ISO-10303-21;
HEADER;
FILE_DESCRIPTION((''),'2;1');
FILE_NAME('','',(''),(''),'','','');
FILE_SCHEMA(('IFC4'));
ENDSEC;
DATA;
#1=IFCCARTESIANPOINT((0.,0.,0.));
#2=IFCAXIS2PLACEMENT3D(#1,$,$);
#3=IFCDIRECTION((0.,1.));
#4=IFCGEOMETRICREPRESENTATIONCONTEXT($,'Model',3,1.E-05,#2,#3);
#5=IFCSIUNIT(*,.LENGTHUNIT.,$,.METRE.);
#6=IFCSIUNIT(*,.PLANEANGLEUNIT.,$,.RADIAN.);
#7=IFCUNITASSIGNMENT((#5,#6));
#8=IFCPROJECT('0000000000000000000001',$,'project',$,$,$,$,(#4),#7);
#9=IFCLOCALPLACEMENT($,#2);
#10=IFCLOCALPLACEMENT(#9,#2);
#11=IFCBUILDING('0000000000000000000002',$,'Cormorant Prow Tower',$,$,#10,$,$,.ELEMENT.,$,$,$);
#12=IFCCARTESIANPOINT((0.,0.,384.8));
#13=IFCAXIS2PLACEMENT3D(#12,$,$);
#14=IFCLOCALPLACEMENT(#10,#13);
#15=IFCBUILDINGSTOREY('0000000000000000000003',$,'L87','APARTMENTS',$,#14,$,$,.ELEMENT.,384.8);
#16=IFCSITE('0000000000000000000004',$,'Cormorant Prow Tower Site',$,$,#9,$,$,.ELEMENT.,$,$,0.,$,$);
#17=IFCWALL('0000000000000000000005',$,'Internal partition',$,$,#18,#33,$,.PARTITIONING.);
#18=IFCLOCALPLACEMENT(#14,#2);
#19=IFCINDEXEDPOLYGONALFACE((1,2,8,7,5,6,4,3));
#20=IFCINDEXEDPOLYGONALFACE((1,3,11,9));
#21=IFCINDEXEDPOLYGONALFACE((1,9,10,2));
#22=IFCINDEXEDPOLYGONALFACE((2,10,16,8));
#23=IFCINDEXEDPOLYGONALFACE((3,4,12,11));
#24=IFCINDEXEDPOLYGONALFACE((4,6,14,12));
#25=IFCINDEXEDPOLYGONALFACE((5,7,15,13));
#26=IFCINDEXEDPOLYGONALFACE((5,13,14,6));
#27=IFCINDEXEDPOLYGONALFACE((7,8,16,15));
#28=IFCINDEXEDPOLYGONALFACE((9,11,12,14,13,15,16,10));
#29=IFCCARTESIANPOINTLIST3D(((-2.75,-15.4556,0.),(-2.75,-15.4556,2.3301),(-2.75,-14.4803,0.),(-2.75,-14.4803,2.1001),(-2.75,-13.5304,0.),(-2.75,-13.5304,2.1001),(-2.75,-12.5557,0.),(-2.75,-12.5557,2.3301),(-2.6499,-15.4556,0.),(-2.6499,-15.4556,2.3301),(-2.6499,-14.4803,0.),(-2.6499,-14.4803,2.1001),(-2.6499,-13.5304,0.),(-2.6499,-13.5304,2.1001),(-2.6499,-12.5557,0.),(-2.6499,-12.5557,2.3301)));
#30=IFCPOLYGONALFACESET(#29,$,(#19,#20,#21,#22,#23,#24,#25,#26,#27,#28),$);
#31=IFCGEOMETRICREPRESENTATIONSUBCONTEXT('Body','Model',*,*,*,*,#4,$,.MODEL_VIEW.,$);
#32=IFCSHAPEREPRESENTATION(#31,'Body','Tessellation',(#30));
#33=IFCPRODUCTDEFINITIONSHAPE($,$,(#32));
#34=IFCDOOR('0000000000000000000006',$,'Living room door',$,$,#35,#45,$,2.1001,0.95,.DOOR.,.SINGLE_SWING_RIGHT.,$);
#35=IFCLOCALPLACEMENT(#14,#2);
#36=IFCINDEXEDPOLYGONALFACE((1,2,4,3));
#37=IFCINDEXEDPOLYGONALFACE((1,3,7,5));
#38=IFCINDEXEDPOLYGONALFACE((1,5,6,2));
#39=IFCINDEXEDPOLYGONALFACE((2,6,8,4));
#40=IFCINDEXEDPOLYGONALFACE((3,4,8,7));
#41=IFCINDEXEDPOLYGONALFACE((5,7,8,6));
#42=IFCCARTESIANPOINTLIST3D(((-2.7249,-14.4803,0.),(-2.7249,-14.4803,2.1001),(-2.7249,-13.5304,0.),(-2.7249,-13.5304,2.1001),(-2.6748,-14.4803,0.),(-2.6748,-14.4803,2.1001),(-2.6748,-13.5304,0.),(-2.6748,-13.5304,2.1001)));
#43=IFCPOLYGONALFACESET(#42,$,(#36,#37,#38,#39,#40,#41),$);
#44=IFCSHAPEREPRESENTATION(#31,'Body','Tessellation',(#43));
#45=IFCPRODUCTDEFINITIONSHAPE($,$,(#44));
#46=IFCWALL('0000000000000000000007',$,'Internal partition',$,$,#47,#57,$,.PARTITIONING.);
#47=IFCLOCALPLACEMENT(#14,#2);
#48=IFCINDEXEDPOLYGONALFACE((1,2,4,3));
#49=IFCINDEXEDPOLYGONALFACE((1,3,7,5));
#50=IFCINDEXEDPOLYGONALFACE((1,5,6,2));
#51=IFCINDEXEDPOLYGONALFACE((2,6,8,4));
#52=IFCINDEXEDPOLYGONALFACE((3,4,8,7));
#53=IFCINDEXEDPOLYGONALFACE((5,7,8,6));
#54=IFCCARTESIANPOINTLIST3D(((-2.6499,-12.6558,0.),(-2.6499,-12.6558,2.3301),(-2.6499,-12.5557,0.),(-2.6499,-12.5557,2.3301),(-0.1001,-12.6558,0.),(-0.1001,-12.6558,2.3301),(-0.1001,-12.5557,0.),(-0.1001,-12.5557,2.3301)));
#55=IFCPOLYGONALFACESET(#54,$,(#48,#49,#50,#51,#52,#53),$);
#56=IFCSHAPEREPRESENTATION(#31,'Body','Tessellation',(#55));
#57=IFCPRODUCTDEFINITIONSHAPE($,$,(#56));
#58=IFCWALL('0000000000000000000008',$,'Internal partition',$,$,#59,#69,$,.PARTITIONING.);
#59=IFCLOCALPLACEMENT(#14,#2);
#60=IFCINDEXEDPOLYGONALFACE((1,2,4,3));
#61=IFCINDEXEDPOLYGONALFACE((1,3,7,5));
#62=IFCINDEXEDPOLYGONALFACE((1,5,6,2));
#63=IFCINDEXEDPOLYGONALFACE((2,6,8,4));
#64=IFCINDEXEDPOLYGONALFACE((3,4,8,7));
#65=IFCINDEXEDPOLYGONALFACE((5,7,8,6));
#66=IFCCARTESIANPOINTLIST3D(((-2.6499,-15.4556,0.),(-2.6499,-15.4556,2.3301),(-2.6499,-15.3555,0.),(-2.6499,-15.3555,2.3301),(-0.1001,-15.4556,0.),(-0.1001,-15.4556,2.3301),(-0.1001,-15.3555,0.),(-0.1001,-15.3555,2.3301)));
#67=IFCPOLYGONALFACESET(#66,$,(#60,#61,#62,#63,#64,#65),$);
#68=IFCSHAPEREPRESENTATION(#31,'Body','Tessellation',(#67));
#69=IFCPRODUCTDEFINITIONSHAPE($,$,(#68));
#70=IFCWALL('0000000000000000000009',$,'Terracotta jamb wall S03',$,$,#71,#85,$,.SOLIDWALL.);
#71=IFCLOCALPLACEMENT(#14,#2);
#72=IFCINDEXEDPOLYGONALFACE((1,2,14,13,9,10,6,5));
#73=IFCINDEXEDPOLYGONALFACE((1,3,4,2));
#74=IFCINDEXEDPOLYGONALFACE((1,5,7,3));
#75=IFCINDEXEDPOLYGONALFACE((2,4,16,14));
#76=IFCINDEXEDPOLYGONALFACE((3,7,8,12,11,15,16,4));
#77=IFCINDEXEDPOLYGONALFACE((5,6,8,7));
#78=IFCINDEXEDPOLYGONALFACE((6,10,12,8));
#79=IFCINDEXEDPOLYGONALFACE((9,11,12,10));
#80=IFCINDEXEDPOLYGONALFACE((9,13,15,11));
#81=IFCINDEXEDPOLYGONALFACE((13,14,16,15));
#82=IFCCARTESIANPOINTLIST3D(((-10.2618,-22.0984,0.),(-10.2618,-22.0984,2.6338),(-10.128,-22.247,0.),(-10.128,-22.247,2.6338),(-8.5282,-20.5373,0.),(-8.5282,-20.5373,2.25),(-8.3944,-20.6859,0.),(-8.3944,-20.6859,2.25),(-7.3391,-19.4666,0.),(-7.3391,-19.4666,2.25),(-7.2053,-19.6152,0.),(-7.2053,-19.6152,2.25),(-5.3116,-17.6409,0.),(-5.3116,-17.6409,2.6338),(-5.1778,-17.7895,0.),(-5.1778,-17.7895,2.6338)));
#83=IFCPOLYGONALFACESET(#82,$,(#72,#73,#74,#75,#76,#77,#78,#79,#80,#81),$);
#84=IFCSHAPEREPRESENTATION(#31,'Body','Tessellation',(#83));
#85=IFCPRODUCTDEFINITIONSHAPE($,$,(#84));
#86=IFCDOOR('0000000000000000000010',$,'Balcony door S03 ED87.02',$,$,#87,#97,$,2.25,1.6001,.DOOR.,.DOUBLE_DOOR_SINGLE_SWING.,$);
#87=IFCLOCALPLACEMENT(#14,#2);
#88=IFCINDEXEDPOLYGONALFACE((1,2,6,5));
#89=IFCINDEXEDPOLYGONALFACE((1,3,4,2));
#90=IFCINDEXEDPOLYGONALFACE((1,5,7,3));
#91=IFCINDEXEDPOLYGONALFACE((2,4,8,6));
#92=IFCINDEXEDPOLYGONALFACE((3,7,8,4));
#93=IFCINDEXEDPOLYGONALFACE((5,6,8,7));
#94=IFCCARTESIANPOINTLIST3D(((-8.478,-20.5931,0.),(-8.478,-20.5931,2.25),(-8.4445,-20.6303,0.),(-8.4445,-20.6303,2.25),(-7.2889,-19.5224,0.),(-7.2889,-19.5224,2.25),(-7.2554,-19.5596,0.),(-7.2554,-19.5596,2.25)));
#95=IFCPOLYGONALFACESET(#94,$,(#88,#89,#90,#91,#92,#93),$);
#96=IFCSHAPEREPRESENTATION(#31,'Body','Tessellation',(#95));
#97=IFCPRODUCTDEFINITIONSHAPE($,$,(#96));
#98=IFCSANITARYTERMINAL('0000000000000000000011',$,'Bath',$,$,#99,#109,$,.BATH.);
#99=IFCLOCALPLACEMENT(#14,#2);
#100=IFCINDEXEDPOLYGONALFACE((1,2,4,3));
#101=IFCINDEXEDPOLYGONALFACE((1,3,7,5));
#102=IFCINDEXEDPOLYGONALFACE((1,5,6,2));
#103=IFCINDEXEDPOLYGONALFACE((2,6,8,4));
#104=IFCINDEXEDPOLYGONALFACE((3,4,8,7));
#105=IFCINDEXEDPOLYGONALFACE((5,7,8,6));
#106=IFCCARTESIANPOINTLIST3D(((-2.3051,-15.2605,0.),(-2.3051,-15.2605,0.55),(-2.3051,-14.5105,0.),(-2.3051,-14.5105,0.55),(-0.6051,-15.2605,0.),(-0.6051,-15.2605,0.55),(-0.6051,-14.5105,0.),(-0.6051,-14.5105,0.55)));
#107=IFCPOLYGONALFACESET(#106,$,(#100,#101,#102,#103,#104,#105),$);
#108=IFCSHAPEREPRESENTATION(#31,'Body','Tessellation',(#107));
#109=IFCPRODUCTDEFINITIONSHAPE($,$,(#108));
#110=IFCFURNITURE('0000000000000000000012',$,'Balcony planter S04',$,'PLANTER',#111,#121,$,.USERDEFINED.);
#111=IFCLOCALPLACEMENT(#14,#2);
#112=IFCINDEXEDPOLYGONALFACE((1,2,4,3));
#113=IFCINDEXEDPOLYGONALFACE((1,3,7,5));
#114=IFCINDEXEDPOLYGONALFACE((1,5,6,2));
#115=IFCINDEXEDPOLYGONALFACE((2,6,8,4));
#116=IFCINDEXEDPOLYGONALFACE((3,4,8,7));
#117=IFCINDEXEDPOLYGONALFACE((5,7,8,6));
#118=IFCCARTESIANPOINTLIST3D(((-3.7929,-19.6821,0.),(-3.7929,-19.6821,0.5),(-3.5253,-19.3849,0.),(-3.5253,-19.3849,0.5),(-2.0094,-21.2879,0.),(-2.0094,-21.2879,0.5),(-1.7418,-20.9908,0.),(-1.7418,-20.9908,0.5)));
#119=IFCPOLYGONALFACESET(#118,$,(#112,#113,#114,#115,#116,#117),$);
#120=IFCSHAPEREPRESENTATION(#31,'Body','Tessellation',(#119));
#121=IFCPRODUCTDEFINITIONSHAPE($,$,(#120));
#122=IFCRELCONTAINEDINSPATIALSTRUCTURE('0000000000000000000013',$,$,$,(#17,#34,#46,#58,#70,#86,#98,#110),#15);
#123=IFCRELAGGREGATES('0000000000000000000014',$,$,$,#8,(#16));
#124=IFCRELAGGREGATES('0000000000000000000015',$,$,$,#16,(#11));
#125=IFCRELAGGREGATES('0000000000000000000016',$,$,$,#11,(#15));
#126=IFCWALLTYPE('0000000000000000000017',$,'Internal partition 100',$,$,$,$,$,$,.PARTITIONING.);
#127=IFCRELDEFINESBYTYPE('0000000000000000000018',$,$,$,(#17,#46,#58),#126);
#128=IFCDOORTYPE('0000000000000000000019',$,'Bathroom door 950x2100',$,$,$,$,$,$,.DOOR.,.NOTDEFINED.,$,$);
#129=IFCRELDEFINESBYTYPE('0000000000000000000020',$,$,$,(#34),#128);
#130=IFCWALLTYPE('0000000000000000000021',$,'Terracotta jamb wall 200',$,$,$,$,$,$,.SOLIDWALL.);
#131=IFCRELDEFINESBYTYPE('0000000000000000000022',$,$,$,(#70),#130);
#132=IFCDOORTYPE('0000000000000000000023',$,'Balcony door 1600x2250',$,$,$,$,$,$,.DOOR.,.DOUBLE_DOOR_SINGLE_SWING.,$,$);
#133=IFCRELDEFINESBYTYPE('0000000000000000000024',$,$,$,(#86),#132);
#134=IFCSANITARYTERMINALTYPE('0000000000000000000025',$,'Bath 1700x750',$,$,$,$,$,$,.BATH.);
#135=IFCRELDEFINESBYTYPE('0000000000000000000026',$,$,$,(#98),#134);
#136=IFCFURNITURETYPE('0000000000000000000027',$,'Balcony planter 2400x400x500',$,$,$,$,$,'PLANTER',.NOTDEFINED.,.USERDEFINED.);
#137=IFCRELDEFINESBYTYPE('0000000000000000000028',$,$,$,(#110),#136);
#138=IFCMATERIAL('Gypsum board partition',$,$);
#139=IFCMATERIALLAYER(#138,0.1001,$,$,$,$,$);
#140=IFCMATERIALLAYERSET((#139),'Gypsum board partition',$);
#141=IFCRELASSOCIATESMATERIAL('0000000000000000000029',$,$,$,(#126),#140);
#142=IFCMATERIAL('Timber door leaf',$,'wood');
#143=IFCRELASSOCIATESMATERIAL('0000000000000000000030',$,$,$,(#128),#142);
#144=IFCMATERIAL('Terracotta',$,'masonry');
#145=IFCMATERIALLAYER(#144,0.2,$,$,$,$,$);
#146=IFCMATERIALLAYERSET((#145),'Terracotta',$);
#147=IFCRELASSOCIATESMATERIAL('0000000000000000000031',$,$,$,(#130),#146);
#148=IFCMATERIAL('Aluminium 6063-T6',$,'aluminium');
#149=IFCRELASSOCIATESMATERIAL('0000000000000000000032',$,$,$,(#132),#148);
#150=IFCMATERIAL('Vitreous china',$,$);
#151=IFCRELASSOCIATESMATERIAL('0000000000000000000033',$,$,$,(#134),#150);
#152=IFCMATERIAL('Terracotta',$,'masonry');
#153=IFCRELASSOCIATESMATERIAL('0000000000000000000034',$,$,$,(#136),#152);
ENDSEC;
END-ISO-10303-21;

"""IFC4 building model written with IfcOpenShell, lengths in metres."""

from ifc_helpers import new_model, si_unit, direction, frame, frame_2d, origin, origin_2d, place, context, subcontext, project, spatial, rectangle, extrude, material, layer, layer_set, type_object, element, fill, save


model = new_model("IFC4")

# Units and contexts
model_context = context("Model", 3, precision=1e-05, world=origin(), true_north=direction((0.0, 1.0)))
body_context = subcontext(model_context, "Body", "Model", "MODEL_VIEW")
ifc_project = project(units=[si_unit("LENGTHUNIT", "METRE"), si_unit("PLANEANGLEUNIT", "RADIAN")], contexts=[model_context])

# Site, building, storey
site_placement = place(None, origin())
site = spatial("IfcSite", under=ifc_project, at=site_placement, Name="Cormorant Prow Tower Site", CompositionType="ELEMENT", RefElevation=0.0)
building_placement = place(site_placement, origin())
building = spatial("IfcBuilding", under=site, at=building_placement, Name="Cormorant Prow Tower", CompositionType="ELEMENT")
storey_placement = place(building_placement, frame((0.0, 0.0, 384.8)))
storey = spatial("IfcBuildingStorey", under=building, at=storey_placement, Name="L87", Description="APARTMENTS", CompositionType="ELEMENT", Elevation=384.8)

# Wall, opening, door
ifc_material_1 = material(Name="Gypsum board partition")
ifc_layer_1 = layer(ifc_material_1, 0.1001)
ifc_layer_set_1 = layer_set([ifc_layer_1], Name="Gypsum board partition")
wall_type_1 = type_object("IfcWallType", Name="Internal partition 100", PredefinedType="PARTITIONING", material=ifc_layer_set_1)
ifc_material_2 = material(Name="Timber door leaf", Category="wood")
door_type_1 = type_object("IfcDoorType", Name="Bathroom door 950x2100", OperationType="NOTDEFINED", PredefinedType="DOOR", material=ifc_material_2)
wall_1_placement = place(storey_placement, frame((-2.7, -15.4556, 0.0), z_axis=(0.0, 0.0, 1.0), x_axis=(0.0, 1.0, 0.0)))
wall_1 = element("IfcWall", 1, at=wall_1_placement, inside=storey, type_object=wall_type_1, Name="Internal partition", PredefinedType="PARTITIONING", context=body_context, shape_type="SweptSolid", body=[
    extrude(rectangle(XDim=2.8999, YDim=0.1001, at=frame_2d((1.45, 0.0))), origin(), (0.0, 0.0, 1.0), 2.3301),
])
opening_1_placement = place(wall_1_placement, frame((0.9751, 0.0, 0.0)))
opening_1 = element("IfcOpeningElement", 2, at=opening_1_placement, cuts=wall_1, PredefinedType="OPENING", context=body_context, shape_type="SweptSolid", body=[
    extrude(rectangle(XDim=0.95, YDim=2.1001, at=frame_2d((0.4751, 1.05))), frame((0.0, 0.0601, 0.0), z_axis=(0.0, -1.0, 0.0), x_axis=(1.0, 0.0, 0.0)), (0.0, 0.0, 1.0), 0.1201),
])
door_1_placement = place(opening_1_placement, origin())
door_1 = element("IfcDoor", 3, at=door_1_placement, inside=storey, type_object=door_type_1, Name="Living room door", OperationType="SINGLE_SWING_RIGHT", OverallHeight=2.1001, OverallWidth=0.95, PredefinedType="DOOR", context=body_context, shape_type="SweptSolid", body=[
    extrude(rectangle(XDim=0.95, YDim=2.1001, at=frame_2d((0.4751, 1.05))), frame((0.0, 0.0249, 0.0), z_axis=(0.0, -1.0, 0.0), x_axis=(1.0, 0.0, 0.0)), (0.0, 0.0, 1.0), 0.05),
])
fill(opening_1, door_1)

# Walls
for number, where, z_axis, x_axis, name in (
    (4, (-2.6499, -12.6057, 0.0), (0.0, 0.0, 1.0), (1.0, 0.0, 0.0), "Internal partition"),
    (5, (-2.6499, -15.4055, 0.0), (0.0, 0.0, 1.0), (1.0, 0.0, 0.0), "Internal partition"),
):
    element("IfcWall", number, at=place(storey_placement, frame(where, z_axis=z_axis, x_axis=x_axis)), inside=storey, type_object=wall_type_1, Name=name, PredefinedType="PARTITIONING", context=body_context, shape_type="SweptSolid", body=[
        extrude(rectangle(XDim=2.5498, YDim=0.1001, at=frame_2d((1.2749, 0.0))), origin(), (0.0, 0.0, 1.0), 2.3301),
    ])

# Wall, opening, door
ifc_material_3 = material(Name="Terracotta", Category="masonry")
ifc_layer_2 = layer(ifc_material_3, 0.2)
ifc_layer_set_2 = layer_set([ifc_layer_2], Name="Terracotta")
wall_type_2 = type_object("IfcWallType", Name="Terracotta jamb wall 200", PredefinedType="SOLIDWALL", material=ifc_layer_set_2)
wall_2_placement = place(storey_placement, frame((-10.1948, -22.1726, 0.0), z_axis=(0.0, 0.0, 1.0), x_axis=(0.743119, 0.669159, 0.0)))
wall_2 = element("IfcWall", 6, at=wall_2_placement, inside=storey, type_object=wall_type_2, Name="Terracotta jamb wall S03", PredefinedType="SOLIDWALL", context=body_context, shape_type="SweptSolid", body=[
    extrude(rectangle(XDim=6.6614, YDim=0.2, at=frame_2d((3.3306, 0.0))), origin(), (0.0, 0.0, 1.0), 2.6338),
])
opening_2_placement = place(wall_2_placement, frame((2.3328, 0.0, 0.0)))
opening_2 = element("IfcOpeningElement", 7, at=opening_2_placement, cuts=wall_2, PredefinedType="OPENING", context=body_context, shape_type="SweptSolid", body=[
    extrude(rectangle(XDim=1.6001, YDim=2.25, at=frame_2d((0.8, 1.125))), frame((0.0, 0.1099, 0.0), z_axis=(0.0, -1.0, 0.0), x_axis=(1.0, 0.0, 0.0)), (0.0, 0.0, 1.0), 0.22),
])
ifc_material_4 = material(Name="Aluminium 6063-T6", Category="aluminium")
door_type_2 = type_object("IfcDoorType", Name="Balcony door 1600x2250", OperationType="DOUBLE_DOOR_SINGLE_SWING", PredefinedType="DOOR", material=ifc_material_4)
door_2_placement = place(opening_2_placement, origin())
door_2 = element("IfcDoor", 8, at=door_2_placement, inside=storey, type_object=door_type_2, Name="Balcony door S03 ED87.02", OperationType="DOUBLE_DOOR_SINGLE_SWING", OverallHeight=2.25, OverallWidth=1.6001, PredefinedType="DOOR", context=body_context, shape_type="SweptSolid", body=[
    extrude(rectangle(XDim=1.6001, YDim=2.25, at=frame_2d((0.8, 1.125))), frame((0.0, 0.0249, 0.0), z_axis=(0.0, -1.0, 0.0), x_axis=(1.0, 0.0, 0.0)), (0.0, 0.0, 1.0), 0.05),
])
fill(opening_2, door_2)

# Sanitary terminal
ifc_material_5 = material(Name="Vitreous china")
sanitary_terminal_type = type_object("IfcSanitaryTerminalType", Name="Bath 1700x750", PredefinedType="BATH", material=ifc_material_5)
sanitary_terminal_placement = place(storey_placement, frame((-1.4551, -14.8855, 0.0), z_axis=(0.0, 0.0, 1.0), x_axis=(1.0, 0.0, 0.0)))
element("IfcSanitaryTerminal", 9, at=sanitary_terminal_placement, inside=storey, type_object=sanitary_terminal_type, Name="Bath", PredefinedType="BATH", context=body_context, shape_type="SweptSolid", body=[
    extrude(rectangle(XDim=1.7, YDim=0.75, at=origin_2d()), origin(), (0.0, 0.0, 1.0), 0.55),
])

# Furniture
ifc_material_6 = material(Name="Terracotta", Category="masonry")
furniture_type = type_object("IfcFurnitureType", Name="Balcony planter 2400x400x500", ElementType="PLANTER", AssemblyPlace="NOTDEFINED", PredefinedType="USERDEFINED", material=ifc_material_6)
furniture_placement = place(storey_placement, frame((-2.7673, -20.3364, 0.0), z_axis=(0.0, 0.0, 1.0), x_axis=(0.743145, -0.669131, 0.0)))
element("IfcFurniture", 10, at=furniture_placement, inside=storey, type_object=furniture_type, Name="Balcony planter S04", ObjectType="PLANTER", PredefinedType="USERDEFINED", context=body_context, shape_type="SweptSolid", body=[
    extrude(rectangle(XDim=2.3999, YDim=0.3999, at=origin_2d()), origin(), (0.0, 0.0, 1.0), 0.5),
])

save(model, "model.ifc")
